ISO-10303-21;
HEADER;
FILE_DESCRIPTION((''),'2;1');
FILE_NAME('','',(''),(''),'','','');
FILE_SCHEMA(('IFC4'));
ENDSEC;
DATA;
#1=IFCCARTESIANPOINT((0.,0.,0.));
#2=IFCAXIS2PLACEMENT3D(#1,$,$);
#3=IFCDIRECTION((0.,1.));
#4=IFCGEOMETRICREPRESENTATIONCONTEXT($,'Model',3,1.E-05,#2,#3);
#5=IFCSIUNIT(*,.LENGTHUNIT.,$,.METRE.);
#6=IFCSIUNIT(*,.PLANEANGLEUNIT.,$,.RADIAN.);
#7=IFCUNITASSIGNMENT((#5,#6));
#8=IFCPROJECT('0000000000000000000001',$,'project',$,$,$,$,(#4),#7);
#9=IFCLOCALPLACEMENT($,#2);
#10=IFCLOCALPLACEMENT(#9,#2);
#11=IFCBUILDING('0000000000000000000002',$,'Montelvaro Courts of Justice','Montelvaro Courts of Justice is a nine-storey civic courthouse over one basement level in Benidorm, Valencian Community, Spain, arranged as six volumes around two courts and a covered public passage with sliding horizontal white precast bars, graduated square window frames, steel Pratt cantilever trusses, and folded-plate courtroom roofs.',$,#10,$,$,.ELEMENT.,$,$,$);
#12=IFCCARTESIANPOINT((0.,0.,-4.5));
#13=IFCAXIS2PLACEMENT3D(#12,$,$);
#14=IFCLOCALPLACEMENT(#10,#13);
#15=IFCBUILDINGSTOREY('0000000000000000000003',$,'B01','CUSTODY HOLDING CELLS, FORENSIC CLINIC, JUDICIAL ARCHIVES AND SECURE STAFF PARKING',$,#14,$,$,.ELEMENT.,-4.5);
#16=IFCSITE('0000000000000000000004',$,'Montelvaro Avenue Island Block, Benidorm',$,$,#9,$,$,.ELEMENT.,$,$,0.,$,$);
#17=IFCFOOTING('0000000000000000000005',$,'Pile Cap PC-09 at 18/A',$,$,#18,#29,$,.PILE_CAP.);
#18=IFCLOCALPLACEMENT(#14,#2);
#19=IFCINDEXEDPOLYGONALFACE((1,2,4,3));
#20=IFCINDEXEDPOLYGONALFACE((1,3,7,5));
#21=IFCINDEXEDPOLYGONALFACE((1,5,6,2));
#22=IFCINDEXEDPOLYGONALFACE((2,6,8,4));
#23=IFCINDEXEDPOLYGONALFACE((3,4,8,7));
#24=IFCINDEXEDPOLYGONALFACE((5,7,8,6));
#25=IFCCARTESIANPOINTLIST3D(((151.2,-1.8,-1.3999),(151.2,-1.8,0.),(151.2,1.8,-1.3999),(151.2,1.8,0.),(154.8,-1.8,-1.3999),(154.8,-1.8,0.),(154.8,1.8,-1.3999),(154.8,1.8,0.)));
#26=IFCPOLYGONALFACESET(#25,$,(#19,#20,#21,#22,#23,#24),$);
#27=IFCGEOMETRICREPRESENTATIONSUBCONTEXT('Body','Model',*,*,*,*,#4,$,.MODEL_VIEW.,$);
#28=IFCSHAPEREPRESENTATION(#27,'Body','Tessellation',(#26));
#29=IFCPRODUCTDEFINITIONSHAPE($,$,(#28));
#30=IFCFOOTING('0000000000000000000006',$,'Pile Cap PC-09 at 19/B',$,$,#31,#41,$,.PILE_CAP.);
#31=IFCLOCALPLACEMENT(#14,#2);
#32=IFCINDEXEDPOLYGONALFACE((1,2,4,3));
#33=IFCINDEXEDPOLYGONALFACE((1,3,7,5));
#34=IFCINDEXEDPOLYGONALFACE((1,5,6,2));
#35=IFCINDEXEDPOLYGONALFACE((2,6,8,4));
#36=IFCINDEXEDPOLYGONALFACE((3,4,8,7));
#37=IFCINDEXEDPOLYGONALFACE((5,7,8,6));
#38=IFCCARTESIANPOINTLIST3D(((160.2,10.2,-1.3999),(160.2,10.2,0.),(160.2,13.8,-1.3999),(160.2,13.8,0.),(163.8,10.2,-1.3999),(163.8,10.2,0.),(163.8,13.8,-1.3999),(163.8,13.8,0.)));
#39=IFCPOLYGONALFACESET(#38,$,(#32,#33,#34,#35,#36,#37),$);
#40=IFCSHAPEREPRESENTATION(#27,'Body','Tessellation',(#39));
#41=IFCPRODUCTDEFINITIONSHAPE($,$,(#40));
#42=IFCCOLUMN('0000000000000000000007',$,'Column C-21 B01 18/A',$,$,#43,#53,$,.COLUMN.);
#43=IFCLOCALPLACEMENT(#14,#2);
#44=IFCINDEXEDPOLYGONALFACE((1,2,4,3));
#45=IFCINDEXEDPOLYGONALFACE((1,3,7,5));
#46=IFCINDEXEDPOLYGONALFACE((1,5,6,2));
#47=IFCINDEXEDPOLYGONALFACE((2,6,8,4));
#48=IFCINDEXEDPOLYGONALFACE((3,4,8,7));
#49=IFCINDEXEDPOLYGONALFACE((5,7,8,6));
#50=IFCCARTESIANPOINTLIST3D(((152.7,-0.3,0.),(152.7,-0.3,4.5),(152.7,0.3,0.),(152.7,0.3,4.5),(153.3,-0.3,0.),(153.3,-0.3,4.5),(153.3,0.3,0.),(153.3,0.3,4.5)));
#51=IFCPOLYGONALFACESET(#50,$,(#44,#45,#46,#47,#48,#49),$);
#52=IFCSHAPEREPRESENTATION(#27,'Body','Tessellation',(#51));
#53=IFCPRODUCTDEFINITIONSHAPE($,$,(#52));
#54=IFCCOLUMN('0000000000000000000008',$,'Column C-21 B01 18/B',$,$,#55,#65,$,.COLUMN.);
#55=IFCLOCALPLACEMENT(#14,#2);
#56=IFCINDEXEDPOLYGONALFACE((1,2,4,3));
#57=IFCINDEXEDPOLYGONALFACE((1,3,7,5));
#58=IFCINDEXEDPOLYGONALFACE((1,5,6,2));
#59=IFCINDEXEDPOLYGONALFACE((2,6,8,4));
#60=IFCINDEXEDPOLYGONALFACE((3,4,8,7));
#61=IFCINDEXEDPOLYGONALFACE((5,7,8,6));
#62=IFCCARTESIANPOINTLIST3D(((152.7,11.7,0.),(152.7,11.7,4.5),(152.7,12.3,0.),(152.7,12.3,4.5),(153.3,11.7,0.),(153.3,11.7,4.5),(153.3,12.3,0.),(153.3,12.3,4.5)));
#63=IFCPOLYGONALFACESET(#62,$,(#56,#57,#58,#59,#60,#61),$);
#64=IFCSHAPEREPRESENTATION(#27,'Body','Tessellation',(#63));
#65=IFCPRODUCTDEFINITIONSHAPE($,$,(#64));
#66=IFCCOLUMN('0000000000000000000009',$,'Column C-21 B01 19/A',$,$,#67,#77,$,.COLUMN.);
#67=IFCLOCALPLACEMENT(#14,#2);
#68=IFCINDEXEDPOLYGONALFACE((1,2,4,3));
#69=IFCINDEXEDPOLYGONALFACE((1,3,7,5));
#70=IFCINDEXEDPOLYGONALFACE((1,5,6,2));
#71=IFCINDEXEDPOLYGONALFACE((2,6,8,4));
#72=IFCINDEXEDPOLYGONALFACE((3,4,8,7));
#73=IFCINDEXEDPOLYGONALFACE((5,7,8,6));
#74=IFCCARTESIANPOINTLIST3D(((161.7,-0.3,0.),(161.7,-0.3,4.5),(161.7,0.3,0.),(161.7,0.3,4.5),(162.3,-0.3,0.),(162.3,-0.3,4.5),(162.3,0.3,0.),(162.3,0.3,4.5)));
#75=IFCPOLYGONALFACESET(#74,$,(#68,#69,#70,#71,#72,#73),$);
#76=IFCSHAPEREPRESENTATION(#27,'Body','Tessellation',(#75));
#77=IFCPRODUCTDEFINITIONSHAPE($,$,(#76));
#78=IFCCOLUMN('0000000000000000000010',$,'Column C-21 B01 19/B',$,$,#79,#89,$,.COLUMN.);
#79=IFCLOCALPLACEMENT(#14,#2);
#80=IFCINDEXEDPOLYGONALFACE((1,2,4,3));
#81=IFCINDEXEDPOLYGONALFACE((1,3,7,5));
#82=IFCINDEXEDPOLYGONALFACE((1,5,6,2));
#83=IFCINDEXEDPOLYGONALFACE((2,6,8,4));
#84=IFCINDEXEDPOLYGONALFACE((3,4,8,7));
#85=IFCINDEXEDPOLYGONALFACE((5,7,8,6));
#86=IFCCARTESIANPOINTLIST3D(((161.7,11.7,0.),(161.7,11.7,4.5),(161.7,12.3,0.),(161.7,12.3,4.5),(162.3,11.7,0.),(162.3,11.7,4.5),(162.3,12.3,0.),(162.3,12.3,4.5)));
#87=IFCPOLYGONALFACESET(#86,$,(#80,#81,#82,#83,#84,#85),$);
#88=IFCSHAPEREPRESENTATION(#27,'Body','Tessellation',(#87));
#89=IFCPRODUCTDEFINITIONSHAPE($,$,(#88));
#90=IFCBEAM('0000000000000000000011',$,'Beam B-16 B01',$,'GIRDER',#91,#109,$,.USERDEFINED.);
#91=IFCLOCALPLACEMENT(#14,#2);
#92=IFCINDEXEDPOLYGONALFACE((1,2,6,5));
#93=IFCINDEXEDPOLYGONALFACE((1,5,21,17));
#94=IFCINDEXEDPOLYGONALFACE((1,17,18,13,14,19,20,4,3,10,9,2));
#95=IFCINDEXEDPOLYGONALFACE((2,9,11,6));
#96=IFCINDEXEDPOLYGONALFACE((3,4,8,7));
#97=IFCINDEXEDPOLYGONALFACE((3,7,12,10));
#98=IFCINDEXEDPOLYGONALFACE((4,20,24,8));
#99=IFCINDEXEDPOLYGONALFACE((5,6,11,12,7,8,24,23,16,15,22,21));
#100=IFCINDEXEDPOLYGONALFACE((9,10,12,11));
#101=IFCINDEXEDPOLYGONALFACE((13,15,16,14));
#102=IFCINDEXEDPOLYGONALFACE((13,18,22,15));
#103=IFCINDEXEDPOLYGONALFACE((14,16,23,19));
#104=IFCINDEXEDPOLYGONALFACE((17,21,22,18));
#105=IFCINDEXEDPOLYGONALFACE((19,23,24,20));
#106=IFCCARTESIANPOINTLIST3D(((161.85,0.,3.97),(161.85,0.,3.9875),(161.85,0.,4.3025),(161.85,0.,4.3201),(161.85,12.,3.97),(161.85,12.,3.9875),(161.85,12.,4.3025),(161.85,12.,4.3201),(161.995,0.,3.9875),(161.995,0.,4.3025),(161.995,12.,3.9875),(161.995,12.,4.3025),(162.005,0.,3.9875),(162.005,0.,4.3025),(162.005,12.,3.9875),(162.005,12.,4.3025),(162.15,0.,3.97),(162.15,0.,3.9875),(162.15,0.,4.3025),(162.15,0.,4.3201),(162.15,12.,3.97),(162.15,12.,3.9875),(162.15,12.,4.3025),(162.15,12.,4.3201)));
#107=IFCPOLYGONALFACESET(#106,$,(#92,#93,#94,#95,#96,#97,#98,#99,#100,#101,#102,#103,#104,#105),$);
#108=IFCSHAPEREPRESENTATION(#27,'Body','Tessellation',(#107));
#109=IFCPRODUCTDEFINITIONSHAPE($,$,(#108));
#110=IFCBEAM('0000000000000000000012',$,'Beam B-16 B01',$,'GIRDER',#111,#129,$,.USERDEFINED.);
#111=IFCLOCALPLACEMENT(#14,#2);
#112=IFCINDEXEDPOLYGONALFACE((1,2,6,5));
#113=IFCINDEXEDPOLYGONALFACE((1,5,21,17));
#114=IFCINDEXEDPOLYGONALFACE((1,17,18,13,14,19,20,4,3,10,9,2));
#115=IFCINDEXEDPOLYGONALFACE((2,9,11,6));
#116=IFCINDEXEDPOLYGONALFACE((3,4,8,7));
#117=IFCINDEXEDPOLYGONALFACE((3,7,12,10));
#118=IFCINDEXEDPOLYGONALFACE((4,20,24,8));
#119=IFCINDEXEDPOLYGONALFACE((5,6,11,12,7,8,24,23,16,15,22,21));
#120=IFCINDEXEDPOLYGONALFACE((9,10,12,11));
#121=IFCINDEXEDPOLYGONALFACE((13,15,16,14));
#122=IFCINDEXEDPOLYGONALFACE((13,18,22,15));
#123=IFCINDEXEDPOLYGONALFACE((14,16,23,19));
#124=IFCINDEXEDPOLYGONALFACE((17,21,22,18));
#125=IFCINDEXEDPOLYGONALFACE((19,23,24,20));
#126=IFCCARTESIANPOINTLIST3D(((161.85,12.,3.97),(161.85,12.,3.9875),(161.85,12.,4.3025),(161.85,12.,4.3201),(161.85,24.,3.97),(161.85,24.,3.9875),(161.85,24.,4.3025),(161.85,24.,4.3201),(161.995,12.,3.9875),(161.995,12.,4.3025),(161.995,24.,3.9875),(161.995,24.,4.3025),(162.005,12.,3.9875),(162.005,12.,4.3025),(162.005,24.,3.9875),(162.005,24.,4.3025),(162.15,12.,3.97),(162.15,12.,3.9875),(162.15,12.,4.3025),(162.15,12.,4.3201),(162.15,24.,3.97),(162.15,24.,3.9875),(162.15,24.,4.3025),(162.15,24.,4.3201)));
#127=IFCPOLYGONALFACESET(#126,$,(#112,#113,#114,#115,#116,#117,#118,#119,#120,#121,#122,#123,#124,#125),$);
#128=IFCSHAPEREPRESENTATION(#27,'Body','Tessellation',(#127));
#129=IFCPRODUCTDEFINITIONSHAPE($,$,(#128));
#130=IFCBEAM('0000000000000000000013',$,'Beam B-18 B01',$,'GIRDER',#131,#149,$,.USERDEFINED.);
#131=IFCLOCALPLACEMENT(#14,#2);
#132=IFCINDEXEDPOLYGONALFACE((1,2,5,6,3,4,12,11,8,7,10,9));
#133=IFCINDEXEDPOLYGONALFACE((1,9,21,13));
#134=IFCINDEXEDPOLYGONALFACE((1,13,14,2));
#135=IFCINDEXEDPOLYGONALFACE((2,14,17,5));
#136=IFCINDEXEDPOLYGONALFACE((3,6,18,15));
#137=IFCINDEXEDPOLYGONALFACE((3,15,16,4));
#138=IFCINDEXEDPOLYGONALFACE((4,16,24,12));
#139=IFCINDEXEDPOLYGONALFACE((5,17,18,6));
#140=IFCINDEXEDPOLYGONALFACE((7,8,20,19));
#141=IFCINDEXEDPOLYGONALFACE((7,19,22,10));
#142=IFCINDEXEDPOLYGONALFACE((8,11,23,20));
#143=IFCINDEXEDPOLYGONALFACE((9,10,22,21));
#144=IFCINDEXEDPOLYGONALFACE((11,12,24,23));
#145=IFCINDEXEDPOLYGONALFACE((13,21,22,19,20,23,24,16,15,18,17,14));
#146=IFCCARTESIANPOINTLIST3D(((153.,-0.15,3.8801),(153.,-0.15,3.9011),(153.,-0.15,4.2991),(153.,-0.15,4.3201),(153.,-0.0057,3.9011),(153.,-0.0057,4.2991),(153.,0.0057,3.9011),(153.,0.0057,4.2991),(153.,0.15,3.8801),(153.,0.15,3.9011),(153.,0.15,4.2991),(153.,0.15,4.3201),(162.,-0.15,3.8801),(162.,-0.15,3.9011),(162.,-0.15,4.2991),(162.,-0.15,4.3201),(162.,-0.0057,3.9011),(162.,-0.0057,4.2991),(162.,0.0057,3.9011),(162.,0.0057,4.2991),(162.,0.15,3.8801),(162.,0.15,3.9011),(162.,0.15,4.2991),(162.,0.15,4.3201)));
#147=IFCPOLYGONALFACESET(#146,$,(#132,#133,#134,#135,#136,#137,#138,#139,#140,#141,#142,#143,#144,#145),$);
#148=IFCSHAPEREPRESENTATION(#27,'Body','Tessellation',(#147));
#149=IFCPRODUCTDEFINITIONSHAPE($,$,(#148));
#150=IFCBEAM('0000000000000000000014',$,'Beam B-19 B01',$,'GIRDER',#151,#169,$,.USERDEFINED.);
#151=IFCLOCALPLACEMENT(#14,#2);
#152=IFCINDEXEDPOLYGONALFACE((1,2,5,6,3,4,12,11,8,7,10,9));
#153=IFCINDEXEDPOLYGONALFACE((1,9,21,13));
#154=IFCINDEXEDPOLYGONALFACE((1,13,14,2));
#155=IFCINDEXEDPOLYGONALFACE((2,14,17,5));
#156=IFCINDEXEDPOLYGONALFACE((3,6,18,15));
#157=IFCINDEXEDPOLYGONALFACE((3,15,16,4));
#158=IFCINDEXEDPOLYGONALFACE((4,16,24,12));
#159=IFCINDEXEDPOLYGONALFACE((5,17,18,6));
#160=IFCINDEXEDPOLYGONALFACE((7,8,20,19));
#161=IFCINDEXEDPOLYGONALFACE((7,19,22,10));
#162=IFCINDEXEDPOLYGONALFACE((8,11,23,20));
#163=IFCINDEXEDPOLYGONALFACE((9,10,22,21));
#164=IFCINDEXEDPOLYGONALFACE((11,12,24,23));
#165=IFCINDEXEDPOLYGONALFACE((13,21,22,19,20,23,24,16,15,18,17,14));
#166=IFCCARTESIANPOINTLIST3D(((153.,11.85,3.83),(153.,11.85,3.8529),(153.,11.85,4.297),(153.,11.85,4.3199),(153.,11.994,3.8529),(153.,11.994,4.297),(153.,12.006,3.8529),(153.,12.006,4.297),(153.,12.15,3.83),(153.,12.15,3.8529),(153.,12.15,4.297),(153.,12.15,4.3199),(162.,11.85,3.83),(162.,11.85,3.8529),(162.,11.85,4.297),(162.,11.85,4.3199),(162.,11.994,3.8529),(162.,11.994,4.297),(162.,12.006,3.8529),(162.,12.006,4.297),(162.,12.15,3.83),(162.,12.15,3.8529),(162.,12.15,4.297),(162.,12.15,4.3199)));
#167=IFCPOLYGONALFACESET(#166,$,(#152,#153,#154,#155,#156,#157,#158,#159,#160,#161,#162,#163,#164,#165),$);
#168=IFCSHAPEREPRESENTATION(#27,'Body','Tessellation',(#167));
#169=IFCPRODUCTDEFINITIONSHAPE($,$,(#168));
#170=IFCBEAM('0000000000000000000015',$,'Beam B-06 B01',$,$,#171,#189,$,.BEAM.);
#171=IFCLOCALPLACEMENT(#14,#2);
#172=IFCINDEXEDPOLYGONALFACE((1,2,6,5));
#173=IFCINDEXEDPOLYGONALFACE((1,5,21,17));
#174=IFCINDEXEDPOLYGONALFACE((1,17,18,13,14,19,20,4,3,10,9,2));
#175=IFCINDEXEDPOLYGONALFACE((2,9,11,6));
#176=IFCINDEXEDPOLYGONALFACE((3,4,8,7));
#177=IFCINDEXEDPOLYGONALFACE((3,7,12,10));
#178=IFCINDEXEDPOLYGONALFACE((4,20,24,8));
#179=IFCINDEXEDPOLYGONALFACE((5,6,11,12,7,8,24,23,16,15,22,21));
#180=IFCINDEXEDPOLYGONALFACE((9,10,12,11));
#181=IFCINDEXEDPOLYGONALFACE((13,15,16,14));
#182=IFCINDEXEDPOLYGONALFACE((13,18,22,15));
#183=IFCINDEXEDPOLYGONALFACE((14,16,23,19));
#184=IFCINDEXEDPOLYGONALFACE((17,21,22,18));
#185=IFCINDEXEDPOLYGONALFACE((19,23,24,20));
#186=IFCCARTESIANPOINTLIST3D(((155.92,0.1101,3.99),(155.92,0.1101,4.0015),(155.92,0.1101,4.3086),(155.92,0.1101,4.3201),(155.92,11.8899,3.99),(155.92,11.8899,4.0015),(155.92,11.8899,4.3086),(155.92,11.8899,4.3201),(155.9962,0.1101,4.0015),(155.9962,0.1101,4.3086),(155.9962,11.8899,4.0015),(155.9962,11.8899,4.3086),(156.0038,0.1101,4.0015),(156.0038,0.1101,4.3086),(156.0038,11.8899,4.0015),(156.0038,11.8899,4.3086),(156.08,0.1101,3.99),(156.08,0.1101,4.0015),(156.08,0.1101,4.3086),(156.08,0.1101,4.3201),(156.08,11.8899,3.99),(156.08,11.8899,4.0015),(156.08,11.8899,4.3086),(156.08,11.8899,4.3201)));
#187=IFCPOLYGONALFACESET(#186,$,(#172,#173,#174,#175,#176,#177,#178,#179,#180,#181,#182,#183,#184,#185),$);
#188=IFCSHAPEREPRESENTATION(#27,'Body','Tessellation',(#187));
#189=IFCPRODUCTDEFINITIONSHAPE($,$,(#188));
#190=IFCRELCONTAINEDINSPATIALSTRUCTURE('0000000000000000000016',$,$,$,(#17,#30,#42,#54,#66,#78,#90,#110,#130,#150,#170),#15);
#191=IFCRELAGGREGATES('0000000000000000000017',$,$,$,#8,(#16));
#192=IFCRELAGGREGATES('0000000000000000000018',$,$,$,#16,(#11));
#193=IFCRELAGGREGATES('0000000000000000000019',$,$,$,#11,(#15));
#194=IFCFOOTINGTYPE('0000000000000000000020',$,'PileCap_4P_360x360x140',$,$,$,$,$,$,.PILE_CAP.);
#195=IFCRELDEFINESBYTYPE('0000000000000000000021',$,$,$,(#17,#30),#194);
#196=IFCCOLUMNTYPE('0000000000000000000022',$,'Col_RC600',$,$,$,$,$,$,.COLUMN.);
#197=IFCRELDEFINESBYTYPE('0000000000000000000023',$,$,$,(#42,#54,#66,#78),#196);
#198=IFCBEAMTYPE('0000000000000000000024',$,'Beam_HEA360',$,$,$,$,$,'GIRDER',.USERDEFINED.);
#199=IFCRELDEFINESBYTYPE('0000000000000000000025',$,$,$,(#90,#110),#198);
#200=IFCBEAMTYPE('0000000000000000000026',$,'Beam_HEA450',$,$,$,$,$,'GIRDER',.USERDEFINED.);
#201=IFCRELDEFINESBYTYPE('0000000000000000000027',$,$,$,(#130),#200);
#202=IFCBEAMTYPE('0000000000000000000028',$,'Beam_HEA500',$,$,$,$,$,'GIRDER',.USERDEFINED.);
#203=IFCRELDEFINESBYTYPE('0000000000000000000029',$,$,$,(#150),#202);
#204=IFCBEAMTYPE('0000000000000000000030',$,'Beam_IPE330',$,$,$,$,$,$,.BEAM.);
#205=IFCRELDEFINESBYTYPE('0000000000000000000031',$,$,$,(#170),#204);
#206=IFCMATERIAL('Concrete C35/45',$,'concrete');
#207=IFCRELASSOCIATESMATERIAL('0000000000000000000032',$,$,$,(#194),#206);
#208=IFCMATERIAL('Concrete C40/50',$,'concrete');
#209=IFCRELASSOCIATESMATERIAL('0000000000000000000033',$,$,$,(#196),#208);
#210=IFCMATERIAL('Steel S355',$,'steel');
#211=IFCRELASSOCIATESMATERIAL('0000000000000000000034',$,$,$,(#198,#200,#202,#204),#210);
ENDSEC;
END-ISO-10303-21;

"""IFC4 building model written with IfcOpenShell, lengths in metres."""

from ifc_helpers import new_model, si_unit, direction, frame, origin, origin_2d, place, context, subcontext, project, spatial, rectangle, i_section, extrude, material, material_profile, profile_set, type_object, element, save


model = new_model("IFC4")

# Units and contexts
model_context = context("Model", 3, precision=1e-05, world=origin(), true_north=direction((0.0, 1.0)))
body_context = subcontext(model_context, "Body", "Model", "MODEL_VIEW")
ifc_project = project(units=[si_unit("LENGTHUNIT", "METRE"), si_unit("PLANEANGLEUNIT", "RADIAN")], contexts=[model_context])

# Site, building, storey
site_placement = place(None, origin())
site = spatial("IfcSite", under=ifc_project, at=site_placement, Name="Montelvaro Avenue Island Block, Benidorm", CompositionType="ELEMENT", RefElevation=0.0)
building_placement = place(site_placement, origin())
building = spatial("IfcBuilding", under=site, at=building_placement, Name="Montelvaro Courts of Justice", Description="Montelvaro Courts of Justice is a nine-storey civic courthouse over one basement level in Benidorm, Valencian Community, Spain, arranged as six volumes around two courts and a covered public passage with sliding horizontal white precast bars, graduated square window frames, steel Pratt cantilever trusses, and folded-plate courtroom roofs.", CompositionType="ELEMENT")
storey_placement = place(building_placement, frame((0.0, 0.0, -4.5)))
storey = spatial("IfcBuildingStorey", under=building, at=storey_placement, Name="B01", Description="CUSTODY HOLDING CELLS, FORENSIC CLINIC, JUDICIAL ARCHIVES AND SECURE STAFF PARKING", CompositionType="ELEMENT", Elevation=-4.5)

# Shared definitions
ifc_material_1 = material(Name="Concrete C35/45", Category="concrete")

# Footings
footing_type_1 = type_object("IfcFootingType", Name="PileCap_4P_360x360x140", PredefinedType="PILE_CAP", material=ifc_material_1)
for number, where, z_axis, x_axis, name in (
    (1, (153.0, 0.0, -1.3999), (0.0, 0.0, 1.0), (1.0, 0.0, 0.0), "Pile Cap PC-09 at 18/A"),
    (2, (162.0, 12.0, -1.3999), (0.0, 0.0, 1.0), (1.0, 0.0, 0.0), "Pile Cap PC-09 at 19/B"),
):
    element("IfcFooting", number, at=place(storey_placement, frame(where, z_axis=z_axis, x_axis=x_axis)), inside=storey, type_object=footing_type_1, Name=name, PredefinedType="PILE_CAP", context=body_context, shape_type="SweptSolid", body=[
        extrude(rectangle(XDim=3.6001, YDim=3.6001, at=origin_2d()), origin(), (0.0, 0.0, 1.0), 1.3999),
    ])

# Columns
ifc_material_2 = material(Name="Concrete C40/50", Category="concrete")
ifc_material_profile_1 = material_profile(ifc_material_2, rectangle(XDim=0.6001, YDim=0.6001, at=origin_2d()), Name="RC 600x600")
ifc_profile_set_1 = profile_set([ifc_material_profile_1], Name="Concrete C40/50")
column_type = type_object("IfcColumnType", Name="Col_RC600", PredefinedType="COLUMN", material=ifc_profile_set_1)
for number, where, z_axis, x_axis, name in (
    (3, (153.0, 0.0, 0.0), (0.0, 0.0, 1.0), (1.0, 0.0, 0.0), "Column C-21 B01 18/A"),
    (4, (153.0, 12.0, 0.0), (0.0, 0.0, 1.0), (1.0, 0.0, 0.0), "Column C-21 B01 18/B"),
    (5, (162.0, 0.0, 0.0), (0.0, 0.0, 1.0), (1.0, 0.0, 0.0), "Column C-21 B01 19/A"),
    (6, (162.0, 12.0, 0.0), (0.0, 0.0, 1.0), (1.0, 0.0, 0.0), "Column C-21 B01 19/B"),
):
    element("IfcColumn", number, at=place(storey_placement, frame(where, z_axis=z_axis, x_axis=x_axis)), inside=storey, type_object=column_type, Name=name, PredefinedType="COLUMN", context=body_context, shape_type="SweptSolid", body=[
        extrude(rectangle(XDim=0.6001, YDim=0.6001, at=origin_2d()), origin(), (0.0, 0.0, 1.0), 4.5),
    ])

# Beams
ifc_material_3 = material(Name="Steel S355", Category="steel")
ifc_material_profile_2 = material_profile(ifc_material_3, i_section(OverallWidth=0.3, OverallDepth=0.3501, WebThickness=0.01, FlangeThickness=0.0176, at=origin_2d()), Name="HEA 360")
ifc_profile_set_2 = profile_set([ifc_material_profile_2], Name="Steel S355")
beam_type_1 = type_object("IfcBeamType", Name="Beam_HEA360", ElementType="GIRDER", PredefinedType="USERDEFINED", material=ifc_profile_set_2)
for number, where, z_axis, x_axis, name in (
    (7, (162.0, 0.0, 4.145), (0.0, 1.0, 0.0), (-1.0, 0.0, 0.0), "Beam B-16 B01"),
    (8, (162.0, 12.0, 4.145), (0.0, 1.0, 0.0), (-1.0, 0.0, 0.0), "Beam B-16 B01"),
):
    element("IfcBeam", number, at=place(storey_placement, frame(where, z_axis=z_axis, x_axis=x_axis)), inside=storey, type_object=beam_type_1, Name=name, ObjectType="GIRDER", PredefinedType="USERDEFINED", context=body_context, shape_type="SweptSolid", body=[
        extrude(i_section(OverallWidth=0.3, OverallDepth=0.3501, WebThickness=0.01, FlangeThickness=0.0176, at=origin_2d()), origin(), (0.0, 0.0, 1.0), 12.0),
    ])
ifc_material_profile_3 = material_profile(ifc_material_3, i_section(OverallWidth=0.3, OverallDepth=0.4399, WebThickness=0.0115, FlangeThickness=0.021, at=origin_2d()), Name="HEA 450")
ifc_profile_set_3 = profile_set([ifc_material_profile_3], Name="Steel S355")
beam_type_2 = type_object("IfcBeamType", Name="Beam_HEA450", ElementType="GIRDER", PredefinedType="USERDEFINED", material=ifc_profile_set_3)
beam_1_placement = place(storey_placement, frame((153.0, 0.0, 4.1001), z_axis=(1.0, 0.0, 0.0), x_axis=(0.0, 1.0, 0.0)))
element("IfcBeam", 9, at=beam_1_placement, inside=storey, type_object=beam_type_2, Name="Beam B-18 B01", ObjectType="GIRDER", PredefinedType="USERDEFINED", context=body_context, shape_type="SweptSolid", body=[
    extrude(i_section(OverallWidth=0.3, OverallDepth=0.4399, WebThickness=0.0115, FlangeThickness=0.021, at=origin_2d()), origin(), (0.0, 0.0, 1.0), 9.0),
])
ifc_material_profile_4 = material_profile(ifc_material_3, i_section(OverallWidth=0.3, OverallDepth=0.49, WebThickness=0.012, FlangeThickness=0.0229, at=origin_2d()), Name="HEA 500")
ifc_profile_set_4 = profile_set([ifc_material_profile_4], Name="Steel S355")
beam_type_3 = type_object("IfcBeamType", Name="Beam_HEA500", ElementType="GIRDER", PredefinedType="USERDEFINED", material=ifc_profile_set_4)
beam_2_placement = place(storey_placement, frame((153.0, 12.0, 4.075), z_axis=(1.0, 0.0, 0.0), x_axis=(0.0, 1.0, 0.0)))
element("IfcBeam", 10, at=beam_2_placement, inside=storey, type_object=beam_type_3, Name="Beam B-19 B01", ObjectType="GIRDER", PredefinedType="USERDEFINED", context=body_context, shape_type="SweptSolid", body=[
    extrude(i_section(OverallWidth=0.3, OverallDepth=0.49, WebThickness=0.012, FlangeThickness=0.0229, at=origin_2d()), origin(), (0.0, 0.0, 1.0), 9.0),
])
ifc_material_profile_5 = material_profile(ifc_material_3, i_section(OverallWidth=0.1599, OverallDepth=0.3301, WebThickness=0.0076, FlangeThickness=0.0115, at=origin_2d()), Name="IPE 330")
ifc_profile_set_5 = profile_set([ifc_material_profile_5], Name="Steel S355")
beam_type_4 = type_object("IfcBeamType", Name="Beam_IPE330", PredefinedType="BEAM", material=ifc_profile_set_5)
beam_3_placement = place(storey_placement, frame((156.0, 0.1101, 4.155), z_axis=(0.0, 1.0, 0.0), x_axis=(-1.0, 0.0, 0.0)))
element("IfcBeam", 11, at=beam_3_placement, inside=storey, type_object=beam_type_4, Name="Beam B-06 B01", PredefinedType="BEAM", context=body_context, shape_type="SweptSolid", body=[
    extrude(i_section(OverallWidth=0.1599, OverallDepth=0.3301, WebThickness=0.0076, FlangeThickness=0.0115, at=origin_2d()), origin(), (0.0, 0.0, 1.0), 11.7798),
])

save(model, "model.ifc")
